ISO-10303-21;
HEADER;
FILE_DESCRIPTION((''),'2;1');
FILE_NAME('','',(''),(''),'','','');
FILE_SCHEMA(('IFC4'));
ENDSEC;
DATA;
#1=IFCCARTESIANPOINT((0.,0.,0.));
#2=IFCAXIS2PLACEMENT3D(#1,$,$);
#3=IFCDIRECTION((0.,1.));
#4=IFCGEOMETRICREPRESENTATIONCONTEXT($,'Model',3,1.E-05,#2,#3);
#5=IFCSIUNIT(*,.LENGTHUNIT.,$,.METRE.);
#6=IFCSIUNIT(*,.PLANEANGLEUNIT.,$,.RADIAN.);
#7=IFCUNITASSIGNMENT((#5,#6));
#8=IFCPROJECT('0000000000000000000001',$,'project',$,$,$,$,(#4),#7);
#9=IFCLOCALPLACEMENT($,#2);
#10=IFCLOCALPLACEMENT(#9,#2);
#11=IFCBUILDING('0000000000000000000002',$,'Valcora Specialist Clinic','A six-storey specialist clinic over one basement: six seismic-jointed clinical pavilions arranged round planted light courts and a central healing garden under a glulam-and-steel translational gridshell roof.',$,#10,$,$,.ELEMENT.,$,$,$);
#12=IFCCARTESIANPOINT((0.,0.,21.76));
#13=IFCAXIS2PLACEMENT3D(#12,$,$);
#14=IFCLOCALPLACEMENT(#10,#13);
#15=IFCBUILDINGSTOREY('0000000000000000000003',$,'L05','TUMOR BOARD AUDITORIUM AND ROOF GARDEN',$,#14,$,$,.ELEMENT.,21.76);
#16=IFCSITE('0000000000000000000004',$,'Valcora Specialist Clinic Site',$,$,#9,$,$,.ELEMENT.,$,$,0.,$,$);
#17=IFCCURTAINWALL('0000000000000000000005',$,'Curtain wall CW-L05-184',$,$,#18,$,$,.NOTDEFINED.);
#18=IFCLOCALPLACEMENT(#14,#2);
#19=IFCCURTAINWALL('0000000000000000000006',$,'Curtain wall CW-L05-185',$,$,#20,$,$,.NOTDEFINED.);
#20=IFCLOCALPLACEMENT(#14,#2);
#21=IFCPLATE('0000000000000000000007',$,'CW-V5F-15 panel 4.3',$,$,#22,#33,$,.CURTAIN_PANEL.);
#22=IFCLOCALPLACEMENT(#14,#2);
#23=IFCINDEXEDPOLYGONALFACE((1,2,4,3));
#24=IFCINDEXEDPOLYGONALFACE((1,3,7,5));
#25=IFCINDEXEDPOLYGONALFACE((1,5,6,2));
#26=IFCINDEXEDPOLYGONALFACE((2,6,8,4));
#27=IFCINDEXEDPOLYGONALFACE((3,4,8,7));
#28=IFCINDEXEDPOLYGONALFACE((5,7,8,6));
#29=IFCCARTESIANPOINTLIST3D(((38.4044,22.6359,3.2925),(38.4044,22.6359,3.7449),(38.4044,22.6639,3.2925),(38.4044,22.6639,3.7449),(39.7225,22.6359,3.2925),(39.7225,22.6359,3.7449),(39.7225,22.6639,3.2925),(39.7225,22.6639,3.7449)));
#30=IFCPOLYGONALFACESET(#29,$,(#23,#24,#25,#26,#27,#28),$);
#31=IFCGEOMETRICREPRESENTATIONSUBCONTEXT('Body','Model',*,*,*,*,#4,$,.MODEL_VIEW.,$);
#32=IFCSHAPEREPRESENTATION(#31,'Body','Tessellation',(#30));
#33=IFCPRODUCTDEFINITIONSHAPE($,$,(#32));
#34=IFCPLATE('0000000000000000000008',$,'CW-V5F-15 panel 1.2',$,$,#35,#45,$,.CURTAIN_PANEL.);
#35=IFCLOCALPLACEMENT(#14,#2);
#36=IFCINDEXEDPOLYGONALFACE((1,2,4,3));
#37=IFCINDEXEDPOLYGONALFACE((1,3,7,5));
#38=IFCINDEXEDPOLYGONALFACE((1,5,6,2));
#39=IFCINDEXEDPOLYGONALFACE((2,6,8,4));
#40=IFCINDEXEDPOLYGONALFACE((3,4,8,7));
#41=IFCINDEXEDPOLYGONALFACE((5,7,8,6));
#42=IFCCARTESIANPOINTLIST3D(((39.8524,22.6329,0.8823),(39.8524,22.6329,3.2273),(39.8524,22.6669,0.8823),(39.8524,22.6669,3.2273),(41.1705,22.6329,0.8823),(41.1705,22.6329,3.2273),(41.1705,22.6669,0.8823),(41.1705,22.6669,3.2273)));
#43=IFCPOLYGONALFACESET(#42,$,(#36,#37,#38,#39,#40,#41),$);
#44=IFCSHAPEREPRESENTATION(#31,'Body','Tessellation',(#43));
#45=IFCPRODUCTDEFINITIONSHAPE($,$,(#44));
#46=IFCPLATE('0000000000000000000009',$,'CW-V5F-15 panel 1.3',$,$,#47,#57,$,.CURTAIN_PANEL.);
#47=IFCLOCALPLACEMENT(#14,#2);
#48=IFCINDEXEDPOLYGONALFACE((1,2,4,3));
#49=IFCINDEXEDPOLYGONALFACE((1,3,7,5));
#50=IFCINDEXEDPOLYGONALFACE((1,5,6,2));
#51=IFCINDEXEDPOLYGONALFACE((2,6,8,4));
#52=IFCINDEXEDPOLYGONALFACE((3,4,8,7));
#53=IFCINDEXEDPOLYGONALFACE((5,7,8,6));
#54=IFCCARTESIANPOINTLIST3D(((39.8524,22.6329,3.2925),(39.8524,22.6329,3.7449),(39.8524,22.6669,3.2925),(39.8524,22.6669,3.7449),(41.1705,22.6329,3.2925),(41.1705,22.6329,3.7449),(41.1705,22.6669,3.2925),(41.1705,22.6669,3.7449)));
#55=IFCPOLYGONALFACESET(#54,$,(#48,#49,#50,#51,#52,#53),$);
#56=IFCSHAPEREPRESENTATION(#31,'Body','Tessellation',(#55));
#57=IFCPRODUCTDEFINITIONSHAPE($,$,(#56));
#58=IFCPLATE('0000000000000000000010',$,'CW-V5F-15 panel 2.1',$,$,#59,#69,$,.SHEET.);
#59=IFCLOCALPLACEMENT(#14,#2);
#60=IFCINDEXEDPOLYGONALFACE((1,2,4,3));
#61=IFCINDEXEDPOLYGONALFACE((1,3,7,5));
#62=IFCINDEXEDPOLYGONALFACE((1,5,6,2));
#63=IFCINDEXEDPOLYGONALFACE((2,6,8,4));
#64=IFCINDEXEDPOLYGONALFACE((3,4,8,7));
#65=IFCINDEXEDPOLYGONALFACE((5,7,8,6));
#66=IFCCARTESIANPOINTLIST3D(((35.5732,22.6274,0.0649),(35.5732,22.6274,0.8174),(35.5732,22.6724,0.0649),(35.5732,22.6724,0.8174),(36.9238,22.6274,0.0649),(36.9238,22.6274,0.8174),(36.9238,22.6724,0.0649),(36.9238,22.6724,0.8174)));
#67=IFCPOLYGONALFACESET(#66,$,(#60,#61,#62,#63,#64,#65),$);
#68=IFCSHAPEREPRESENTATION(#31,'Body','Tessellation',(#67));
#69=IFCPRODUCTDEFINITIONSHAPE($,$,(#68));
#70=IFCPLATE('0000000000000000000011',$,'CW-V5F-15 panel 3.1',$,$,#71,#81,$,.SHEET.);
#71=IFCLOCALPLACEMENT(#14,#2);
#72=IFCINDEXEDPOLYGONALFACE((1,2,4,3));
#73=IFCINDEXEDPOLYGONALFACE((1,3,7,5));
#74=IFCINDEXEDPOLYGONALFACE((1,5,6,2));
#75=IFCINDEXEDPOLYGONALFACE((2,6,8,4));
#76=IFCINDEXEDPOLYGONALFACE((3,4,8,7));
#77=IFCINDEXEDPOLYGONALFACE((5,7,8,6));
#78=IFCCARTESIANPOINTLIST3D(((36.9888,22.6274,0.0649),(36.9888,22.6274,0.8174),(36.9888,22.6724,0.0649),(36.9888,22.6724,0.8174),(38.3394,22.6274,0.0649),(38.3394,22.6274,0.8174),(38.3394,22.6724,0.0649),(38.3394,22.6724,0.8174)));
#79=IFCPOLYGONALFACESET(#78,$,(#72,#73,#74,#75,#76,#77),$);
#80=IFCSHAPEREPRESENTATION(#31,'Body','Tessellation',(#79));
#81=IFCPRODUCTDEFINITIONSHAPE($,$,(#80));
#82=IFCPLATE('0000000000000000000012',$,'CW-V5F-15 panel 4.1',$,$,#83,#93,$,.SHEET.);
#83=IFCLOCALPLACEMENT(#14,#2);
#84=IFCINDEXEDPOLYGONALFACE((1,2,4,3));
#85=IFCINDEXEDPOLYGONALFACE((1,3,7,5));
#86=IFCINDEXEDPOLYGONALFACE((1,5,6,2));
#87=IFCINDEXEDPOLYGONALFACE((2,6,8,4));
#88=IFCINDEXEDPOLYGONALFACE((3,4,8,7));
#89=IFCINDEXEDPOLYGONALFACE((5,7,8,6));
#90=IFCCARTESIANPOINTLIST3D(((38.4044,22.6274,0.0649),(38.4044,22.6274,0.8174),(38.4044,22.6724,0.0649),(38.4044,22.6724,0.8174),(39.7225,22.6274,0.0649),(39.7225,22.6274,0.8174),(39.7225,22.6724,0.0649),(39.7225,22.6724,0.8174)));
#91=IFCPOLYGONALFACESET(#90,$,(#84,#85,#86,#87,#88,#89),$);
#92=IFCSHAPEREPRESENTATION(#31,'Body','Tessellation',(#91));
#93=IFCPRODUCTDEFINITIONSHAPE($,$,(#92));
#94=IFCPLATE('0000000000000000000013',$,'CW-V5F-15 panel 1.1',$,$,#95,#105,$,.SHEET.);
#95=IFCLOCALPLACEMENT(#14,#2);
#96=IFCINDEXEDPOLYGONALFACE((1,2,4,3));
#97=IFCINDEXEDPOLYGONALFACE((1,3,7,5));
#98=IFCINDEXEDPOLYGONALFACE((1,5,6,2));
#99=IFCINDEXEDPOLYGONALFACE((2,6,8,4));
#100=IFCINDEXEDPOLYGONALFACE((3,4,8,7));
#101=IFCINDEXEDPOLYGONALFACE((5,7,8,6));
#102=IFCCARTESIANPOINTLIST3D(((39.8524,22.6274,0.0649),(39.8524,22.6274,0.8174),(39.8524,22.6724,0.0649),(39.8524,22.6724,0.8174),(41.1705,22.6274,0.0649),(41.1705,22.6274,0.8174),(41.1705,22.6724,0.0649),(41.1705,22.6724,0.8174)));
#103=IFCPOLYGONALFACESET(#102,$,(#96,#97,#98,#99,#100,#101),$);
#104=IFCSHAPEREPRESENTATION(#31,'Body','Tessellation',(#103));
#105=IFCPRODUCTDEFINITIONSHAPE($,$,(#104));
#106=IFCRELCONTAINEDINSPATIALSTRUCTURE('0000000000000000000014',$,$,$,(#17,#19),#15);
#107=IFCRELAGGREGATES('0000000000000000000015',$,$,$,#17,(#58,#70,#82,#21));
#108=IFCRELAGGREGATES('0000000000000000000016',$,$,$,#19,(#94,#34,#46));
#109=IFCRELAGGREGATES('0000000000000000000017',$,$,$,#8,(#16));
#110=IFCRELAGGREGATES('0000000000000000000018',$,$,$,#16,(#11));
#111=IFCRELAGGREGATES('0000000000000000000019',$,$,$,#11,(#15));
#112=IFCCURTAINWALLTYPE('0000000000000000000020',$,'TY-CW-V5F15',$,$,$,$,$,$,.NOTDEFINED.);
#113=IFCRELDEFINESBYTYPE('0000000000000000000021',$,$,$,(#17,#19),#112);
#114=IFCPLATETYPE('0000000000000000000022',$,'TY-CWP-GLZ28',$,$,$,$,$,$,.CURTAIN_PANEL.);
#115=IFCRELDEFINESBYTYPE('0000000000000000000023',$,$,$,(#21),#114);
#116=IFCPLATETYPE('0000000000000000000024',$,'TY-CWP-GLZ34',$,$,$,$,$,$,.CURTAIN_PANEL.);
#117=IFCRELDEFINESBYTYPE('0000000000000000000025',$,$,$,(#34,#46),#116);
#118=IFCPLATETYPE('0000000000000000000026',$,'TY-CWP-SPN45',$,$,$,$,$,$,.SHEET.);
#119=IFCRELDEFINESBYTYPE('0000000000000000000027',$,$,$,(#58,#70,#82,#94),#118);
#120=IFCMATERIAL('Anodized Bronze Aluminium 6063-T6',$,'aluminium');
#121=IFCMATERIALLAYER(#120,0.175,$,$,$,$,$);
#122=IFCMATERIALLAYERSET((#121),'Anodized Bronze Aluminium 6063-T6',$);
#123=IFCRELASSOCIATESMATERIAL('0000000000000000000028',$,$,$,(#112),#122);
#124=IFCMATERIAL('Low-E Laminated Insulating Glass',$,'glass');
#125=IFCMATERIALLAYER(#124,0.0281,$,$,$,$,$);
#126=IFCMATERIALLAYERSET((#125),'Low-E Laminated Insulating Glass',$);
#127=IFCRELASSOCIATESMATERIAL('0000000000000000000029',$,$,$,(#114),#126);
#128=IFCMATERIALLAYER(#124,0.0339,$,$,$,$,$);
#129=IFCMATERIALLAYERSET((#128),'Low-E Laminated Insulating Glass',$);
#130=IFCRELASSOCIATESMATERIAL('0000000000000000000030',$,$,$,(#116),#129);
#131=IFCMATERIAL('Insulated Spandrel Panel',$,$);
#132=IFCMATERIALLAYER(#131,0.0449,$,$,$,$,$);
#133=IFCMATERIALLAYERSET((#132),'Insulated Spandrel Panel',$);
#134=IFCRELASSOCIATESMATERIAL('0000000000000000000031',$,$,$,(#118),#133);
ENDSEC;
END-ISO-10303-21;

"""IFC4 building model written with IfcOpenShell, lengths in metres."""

from ifc_helpers import new_model, si_unit, direction, frame, origin, origin_2d, place, context, subcontext, project, spatial, rectangle, extrude, material, layer, layer_set, type_object, element, aggregate, save


model = new_model("IFC4")

# Units and contexts
model_context = context("Model", 3, precision=1e-05, world=origin(), true_north=direction((0.0, 1.0)))
body_context = subcontext(model_context, "Body", "Model", "MODEL_VIEW")
ifc_project = project(units=[si_unit("LENGTHUNIT", "METRE"), si_unit("PLANEANGLEUNIT", "RADIAN")], contexts=[model_context])

# Site, building, storey
site_placement = place(None, origin())
site = spatial("IfcSite", under=ifc_project, at=site_placement, Name="Valcora Specialist Clinic Site", CompositionType="ELEMENT", RefElevation=0.0)
building_placement = place(site_placement, origin())
building = spatial("IfcBuilding", under=site, at=building_placement, Name="Valcora Specialist Clinic", Description="A six-storey specialist clinic over one basement: six seismic-jointed clinical pavilions arranged round planted light courts and a central healing garden under a glulam-and-steel translational gridshell roof.", CompositionType="ELEMENT")
storey_placement = place(building_placement, frame((0.0, 0.0, 21.76)))
storey = spatial("IfcBuildingStorey", under=building, at=storey_placement, Name="L05", Description="TUMOR BOARD AUDITORIUM AND ROOF GARDEN", CompositionType="ELEMENT", Elevation=21.76)

# Curtain walls
ifc_material_1 = material(Name="Anodized Bronze Aluminium 6063-T6", Category="aluminium")
ifc_layer_1 = layer(ifc_material_1, 0.175)
ifc_layer_set_1 = layer_set([ifc_layer_1], Name="Anodized Bronze Aluminium 6063-T6")
curtain_wall_type = type_object("IfcCurtainWallType", Name="TY-CW-V5F15", PredefinedType="NOTDEFINED", material=ifc_layer_set_1)
curtain_wall_1_placement = place(storey_placement, origin())
curtain_wall_1 = element("IfcCurtainWall", 1, at=curtain_wall_1_placement, inside=storey, type_object=curtain_wall_type, Name="Curtain wall CW-L05-184", PredefinedType="NOTDEFINED")
curtain_wall_2_placement = place(storey_placement, origin())
curtain_wall_2 = element("IfcCurtainWall", 2, at=curtain_wall_2_placement, inside=storey, type_object=curtain_wall_type, Name="Curtain wall CW-L05-185", PredefinedType="NOTDEFINED")

# Plates
ifc_material_2 = material(Name="Low-E Laminated Insulating Glass", Category="glass")
ifc_layer_2 = layer(ifc_material_2, 0.0281)
ifc_layer_set_2 = layer_set([ifc_layer_2], Name="Low-E Laminated Insulating Glass")
plate_type_1 = type_object("IfcPlateType", Name="TY-CWP-GLZ28", PredefinedType="CURTAIN_PANEL", material=ifc_layer_set_2)
plate_1_placement = place(storey_placement, frame((39.0635, 22.6499, 3.2925), z_axis=(0.0, 0.0, 1.0), x_axis=(1.0, 0.0, 0.0)))
plate_1 = element("IfcPlate", 3, at=plate_1_placement, type_object=plate_type_1, Name="CW-V5F-15 panel 4.3", PredefinedType="CURTAIN_PANEL", context=body_context, shape_type="SweptSolid", body=[
    extrude(rectangle(XDim=1.3181, YDim=0.0281, at=origin_2d()), origin(), (0.0, 0.0, 1.0), 0.4524),
])
ifc_layer_3 = layer(ifc_material_2, 0.0339)
ifc_layer_set_3 = layer_set([ifc_layer_3], Name="Low-E Laminated Insulating Glass")
plate_type_2 = type_object("IfcPlateType", Name="TY-CWP-GLZ34", PredefinedType="CURTAIN_PANEL", material=ifc_layer_set_3)
plate_2_placement = place(storey_placement, frame((40.5115, 22.6499, 0.8823), z_axis=(0.0, 0.0, 1.0), x_axis=(1.0, 0.0, 0.0)))
plate_2 = element("IfcPlate", 4, at=plate_2_placement, type_object=plate_type_2, Name="CW-V5F-15 panel 1.2", PredefinedType="CURTAIN_PANEL", context=body_context, shape_type="SweptSolid", body=[
    extrude(rectangle(XDim=1.3181, YDim=0.0339, at=origin_2d()), origin(), (0.0, 0.0, 1.0), 2.345),
])
plate_3_placement = place(storey_placement, frame((40.5115, 22.6499, 3.2925), z_axis=(0.0, 0.0, 1.0), x_axis=(1.0, 0.0, 0.0)))
plate_3 = element("IfcPlate", 5, at=plate_3_placement, type_object=plate_type_2, Name="CW-V5F-15 panel 1.3", PredefinedType="CURTAIN_PANEL", context=body_context, shape_type="SweptSolid", body=[
    extrude(rectangle(XDim=1.3181, YDim=0.0339, at=origin_2d()), origin(), (0.0, 0.0, 1.0), 0.4524),
])
ifc_material_3 = material(Name="Insulated Spandrel Panel")
ifc_layer_4 = layer(ifc_material_3, 0.0449)
ifc_layer_set_4 = layer_set([ifc_layer_4], Name="Insulated Spandrel Panel")
plate_type_3 = type_object("IfcPlateType", Name="TY-CWP-SPN45", PredefinedType="SHEET", material=ifc_layer_set_4)
plate_4_placement = place(storey_placement, frame((36.2485, 22.6499, 0.0649), z_axis=(0.0, 0.0, 1.0), x_axis=(1.0, 0.0, 0.0)))
plate_4 = element("IfcPlate", 6, at=plate_4_placement, type_object=plate_type_3, Name="CW-V5F-15 panel 2.1", PredefinedType="SHEET", context=body_context, shape_type="SweptSolid", body=[
    extrude(rectangle(XDim=1.3506, YDim=0.0449, at=origin_2d()), origin(), (0.0, 0.0, 1.0), 0.7524),
])
plate_5_placement = place(storey_placement, frame((37.6641, 22.6499, 0.0649), z_axis=(0.0, 0.0, 1.0), x_axis=(1.0, 0.0, 0.0)))
plate_5 = element("IfcPlate", 7, at=plate_5_placement, type_object=plate_type_3, Name="CW-V5F-15 panel 3.1", PredefinedType="SHEET", context=body_context, shape_type="SweptSolid", body=[
    extrude(rectangle(XDim=1.3506, YDim=0.0449, at=origin_2d()), origin(), (0.0, 0.0, 1.0), 0.7524),
])
plate_6_placement = place(storey_placement, frame((39.0635, 22.6499, 0.0649), z_axis=(0.0, 0.0, 1.0), x_axis=(1.0, 0.0, 0.0)))
plate_6 = element("IfcPlate", 8, at=plate_6_placement, type_object=plate_type_3, Name="CW-V5F-15 panel 4.1", PredefinedType="SHEET", context=body_context, shape_type="SweptSolid", body=[
    extrude(rectangle(XDim=1.3181, YDim=0.0449, at=origin_2d()), origin(), (0.0, 0.0, 1.0), 0.7524),
])
aggregate(curtain_wall_1, [plate_4, plate_5, plate_6, plate_1])
plate_7_placement = place(storey_placement, frame((40.5115, 22.6499, 0.0649), z_axis=(0.0, 0.0, 1.0), x_axis=(1.0, 0.0, 0.0)))
plate_7 = element("IfcPlate", 9, at=plate_7_placement, type_object=plate_type_3, Name="CW-V5F-15 panel 1.1", PredefinedType="SHEET", context=body_context, shape_type="SweptSolid", body=[
    extrude(rectangle(XDim=1.3181, YDim=0.0449, at=origin_2d()), origin(), (0.0, 0.0, 1.0), 0.7524),
])
aggregate(curtain_wall_2, [plate_7, plate_2, plate_3])

save(model, "model.ifc")
